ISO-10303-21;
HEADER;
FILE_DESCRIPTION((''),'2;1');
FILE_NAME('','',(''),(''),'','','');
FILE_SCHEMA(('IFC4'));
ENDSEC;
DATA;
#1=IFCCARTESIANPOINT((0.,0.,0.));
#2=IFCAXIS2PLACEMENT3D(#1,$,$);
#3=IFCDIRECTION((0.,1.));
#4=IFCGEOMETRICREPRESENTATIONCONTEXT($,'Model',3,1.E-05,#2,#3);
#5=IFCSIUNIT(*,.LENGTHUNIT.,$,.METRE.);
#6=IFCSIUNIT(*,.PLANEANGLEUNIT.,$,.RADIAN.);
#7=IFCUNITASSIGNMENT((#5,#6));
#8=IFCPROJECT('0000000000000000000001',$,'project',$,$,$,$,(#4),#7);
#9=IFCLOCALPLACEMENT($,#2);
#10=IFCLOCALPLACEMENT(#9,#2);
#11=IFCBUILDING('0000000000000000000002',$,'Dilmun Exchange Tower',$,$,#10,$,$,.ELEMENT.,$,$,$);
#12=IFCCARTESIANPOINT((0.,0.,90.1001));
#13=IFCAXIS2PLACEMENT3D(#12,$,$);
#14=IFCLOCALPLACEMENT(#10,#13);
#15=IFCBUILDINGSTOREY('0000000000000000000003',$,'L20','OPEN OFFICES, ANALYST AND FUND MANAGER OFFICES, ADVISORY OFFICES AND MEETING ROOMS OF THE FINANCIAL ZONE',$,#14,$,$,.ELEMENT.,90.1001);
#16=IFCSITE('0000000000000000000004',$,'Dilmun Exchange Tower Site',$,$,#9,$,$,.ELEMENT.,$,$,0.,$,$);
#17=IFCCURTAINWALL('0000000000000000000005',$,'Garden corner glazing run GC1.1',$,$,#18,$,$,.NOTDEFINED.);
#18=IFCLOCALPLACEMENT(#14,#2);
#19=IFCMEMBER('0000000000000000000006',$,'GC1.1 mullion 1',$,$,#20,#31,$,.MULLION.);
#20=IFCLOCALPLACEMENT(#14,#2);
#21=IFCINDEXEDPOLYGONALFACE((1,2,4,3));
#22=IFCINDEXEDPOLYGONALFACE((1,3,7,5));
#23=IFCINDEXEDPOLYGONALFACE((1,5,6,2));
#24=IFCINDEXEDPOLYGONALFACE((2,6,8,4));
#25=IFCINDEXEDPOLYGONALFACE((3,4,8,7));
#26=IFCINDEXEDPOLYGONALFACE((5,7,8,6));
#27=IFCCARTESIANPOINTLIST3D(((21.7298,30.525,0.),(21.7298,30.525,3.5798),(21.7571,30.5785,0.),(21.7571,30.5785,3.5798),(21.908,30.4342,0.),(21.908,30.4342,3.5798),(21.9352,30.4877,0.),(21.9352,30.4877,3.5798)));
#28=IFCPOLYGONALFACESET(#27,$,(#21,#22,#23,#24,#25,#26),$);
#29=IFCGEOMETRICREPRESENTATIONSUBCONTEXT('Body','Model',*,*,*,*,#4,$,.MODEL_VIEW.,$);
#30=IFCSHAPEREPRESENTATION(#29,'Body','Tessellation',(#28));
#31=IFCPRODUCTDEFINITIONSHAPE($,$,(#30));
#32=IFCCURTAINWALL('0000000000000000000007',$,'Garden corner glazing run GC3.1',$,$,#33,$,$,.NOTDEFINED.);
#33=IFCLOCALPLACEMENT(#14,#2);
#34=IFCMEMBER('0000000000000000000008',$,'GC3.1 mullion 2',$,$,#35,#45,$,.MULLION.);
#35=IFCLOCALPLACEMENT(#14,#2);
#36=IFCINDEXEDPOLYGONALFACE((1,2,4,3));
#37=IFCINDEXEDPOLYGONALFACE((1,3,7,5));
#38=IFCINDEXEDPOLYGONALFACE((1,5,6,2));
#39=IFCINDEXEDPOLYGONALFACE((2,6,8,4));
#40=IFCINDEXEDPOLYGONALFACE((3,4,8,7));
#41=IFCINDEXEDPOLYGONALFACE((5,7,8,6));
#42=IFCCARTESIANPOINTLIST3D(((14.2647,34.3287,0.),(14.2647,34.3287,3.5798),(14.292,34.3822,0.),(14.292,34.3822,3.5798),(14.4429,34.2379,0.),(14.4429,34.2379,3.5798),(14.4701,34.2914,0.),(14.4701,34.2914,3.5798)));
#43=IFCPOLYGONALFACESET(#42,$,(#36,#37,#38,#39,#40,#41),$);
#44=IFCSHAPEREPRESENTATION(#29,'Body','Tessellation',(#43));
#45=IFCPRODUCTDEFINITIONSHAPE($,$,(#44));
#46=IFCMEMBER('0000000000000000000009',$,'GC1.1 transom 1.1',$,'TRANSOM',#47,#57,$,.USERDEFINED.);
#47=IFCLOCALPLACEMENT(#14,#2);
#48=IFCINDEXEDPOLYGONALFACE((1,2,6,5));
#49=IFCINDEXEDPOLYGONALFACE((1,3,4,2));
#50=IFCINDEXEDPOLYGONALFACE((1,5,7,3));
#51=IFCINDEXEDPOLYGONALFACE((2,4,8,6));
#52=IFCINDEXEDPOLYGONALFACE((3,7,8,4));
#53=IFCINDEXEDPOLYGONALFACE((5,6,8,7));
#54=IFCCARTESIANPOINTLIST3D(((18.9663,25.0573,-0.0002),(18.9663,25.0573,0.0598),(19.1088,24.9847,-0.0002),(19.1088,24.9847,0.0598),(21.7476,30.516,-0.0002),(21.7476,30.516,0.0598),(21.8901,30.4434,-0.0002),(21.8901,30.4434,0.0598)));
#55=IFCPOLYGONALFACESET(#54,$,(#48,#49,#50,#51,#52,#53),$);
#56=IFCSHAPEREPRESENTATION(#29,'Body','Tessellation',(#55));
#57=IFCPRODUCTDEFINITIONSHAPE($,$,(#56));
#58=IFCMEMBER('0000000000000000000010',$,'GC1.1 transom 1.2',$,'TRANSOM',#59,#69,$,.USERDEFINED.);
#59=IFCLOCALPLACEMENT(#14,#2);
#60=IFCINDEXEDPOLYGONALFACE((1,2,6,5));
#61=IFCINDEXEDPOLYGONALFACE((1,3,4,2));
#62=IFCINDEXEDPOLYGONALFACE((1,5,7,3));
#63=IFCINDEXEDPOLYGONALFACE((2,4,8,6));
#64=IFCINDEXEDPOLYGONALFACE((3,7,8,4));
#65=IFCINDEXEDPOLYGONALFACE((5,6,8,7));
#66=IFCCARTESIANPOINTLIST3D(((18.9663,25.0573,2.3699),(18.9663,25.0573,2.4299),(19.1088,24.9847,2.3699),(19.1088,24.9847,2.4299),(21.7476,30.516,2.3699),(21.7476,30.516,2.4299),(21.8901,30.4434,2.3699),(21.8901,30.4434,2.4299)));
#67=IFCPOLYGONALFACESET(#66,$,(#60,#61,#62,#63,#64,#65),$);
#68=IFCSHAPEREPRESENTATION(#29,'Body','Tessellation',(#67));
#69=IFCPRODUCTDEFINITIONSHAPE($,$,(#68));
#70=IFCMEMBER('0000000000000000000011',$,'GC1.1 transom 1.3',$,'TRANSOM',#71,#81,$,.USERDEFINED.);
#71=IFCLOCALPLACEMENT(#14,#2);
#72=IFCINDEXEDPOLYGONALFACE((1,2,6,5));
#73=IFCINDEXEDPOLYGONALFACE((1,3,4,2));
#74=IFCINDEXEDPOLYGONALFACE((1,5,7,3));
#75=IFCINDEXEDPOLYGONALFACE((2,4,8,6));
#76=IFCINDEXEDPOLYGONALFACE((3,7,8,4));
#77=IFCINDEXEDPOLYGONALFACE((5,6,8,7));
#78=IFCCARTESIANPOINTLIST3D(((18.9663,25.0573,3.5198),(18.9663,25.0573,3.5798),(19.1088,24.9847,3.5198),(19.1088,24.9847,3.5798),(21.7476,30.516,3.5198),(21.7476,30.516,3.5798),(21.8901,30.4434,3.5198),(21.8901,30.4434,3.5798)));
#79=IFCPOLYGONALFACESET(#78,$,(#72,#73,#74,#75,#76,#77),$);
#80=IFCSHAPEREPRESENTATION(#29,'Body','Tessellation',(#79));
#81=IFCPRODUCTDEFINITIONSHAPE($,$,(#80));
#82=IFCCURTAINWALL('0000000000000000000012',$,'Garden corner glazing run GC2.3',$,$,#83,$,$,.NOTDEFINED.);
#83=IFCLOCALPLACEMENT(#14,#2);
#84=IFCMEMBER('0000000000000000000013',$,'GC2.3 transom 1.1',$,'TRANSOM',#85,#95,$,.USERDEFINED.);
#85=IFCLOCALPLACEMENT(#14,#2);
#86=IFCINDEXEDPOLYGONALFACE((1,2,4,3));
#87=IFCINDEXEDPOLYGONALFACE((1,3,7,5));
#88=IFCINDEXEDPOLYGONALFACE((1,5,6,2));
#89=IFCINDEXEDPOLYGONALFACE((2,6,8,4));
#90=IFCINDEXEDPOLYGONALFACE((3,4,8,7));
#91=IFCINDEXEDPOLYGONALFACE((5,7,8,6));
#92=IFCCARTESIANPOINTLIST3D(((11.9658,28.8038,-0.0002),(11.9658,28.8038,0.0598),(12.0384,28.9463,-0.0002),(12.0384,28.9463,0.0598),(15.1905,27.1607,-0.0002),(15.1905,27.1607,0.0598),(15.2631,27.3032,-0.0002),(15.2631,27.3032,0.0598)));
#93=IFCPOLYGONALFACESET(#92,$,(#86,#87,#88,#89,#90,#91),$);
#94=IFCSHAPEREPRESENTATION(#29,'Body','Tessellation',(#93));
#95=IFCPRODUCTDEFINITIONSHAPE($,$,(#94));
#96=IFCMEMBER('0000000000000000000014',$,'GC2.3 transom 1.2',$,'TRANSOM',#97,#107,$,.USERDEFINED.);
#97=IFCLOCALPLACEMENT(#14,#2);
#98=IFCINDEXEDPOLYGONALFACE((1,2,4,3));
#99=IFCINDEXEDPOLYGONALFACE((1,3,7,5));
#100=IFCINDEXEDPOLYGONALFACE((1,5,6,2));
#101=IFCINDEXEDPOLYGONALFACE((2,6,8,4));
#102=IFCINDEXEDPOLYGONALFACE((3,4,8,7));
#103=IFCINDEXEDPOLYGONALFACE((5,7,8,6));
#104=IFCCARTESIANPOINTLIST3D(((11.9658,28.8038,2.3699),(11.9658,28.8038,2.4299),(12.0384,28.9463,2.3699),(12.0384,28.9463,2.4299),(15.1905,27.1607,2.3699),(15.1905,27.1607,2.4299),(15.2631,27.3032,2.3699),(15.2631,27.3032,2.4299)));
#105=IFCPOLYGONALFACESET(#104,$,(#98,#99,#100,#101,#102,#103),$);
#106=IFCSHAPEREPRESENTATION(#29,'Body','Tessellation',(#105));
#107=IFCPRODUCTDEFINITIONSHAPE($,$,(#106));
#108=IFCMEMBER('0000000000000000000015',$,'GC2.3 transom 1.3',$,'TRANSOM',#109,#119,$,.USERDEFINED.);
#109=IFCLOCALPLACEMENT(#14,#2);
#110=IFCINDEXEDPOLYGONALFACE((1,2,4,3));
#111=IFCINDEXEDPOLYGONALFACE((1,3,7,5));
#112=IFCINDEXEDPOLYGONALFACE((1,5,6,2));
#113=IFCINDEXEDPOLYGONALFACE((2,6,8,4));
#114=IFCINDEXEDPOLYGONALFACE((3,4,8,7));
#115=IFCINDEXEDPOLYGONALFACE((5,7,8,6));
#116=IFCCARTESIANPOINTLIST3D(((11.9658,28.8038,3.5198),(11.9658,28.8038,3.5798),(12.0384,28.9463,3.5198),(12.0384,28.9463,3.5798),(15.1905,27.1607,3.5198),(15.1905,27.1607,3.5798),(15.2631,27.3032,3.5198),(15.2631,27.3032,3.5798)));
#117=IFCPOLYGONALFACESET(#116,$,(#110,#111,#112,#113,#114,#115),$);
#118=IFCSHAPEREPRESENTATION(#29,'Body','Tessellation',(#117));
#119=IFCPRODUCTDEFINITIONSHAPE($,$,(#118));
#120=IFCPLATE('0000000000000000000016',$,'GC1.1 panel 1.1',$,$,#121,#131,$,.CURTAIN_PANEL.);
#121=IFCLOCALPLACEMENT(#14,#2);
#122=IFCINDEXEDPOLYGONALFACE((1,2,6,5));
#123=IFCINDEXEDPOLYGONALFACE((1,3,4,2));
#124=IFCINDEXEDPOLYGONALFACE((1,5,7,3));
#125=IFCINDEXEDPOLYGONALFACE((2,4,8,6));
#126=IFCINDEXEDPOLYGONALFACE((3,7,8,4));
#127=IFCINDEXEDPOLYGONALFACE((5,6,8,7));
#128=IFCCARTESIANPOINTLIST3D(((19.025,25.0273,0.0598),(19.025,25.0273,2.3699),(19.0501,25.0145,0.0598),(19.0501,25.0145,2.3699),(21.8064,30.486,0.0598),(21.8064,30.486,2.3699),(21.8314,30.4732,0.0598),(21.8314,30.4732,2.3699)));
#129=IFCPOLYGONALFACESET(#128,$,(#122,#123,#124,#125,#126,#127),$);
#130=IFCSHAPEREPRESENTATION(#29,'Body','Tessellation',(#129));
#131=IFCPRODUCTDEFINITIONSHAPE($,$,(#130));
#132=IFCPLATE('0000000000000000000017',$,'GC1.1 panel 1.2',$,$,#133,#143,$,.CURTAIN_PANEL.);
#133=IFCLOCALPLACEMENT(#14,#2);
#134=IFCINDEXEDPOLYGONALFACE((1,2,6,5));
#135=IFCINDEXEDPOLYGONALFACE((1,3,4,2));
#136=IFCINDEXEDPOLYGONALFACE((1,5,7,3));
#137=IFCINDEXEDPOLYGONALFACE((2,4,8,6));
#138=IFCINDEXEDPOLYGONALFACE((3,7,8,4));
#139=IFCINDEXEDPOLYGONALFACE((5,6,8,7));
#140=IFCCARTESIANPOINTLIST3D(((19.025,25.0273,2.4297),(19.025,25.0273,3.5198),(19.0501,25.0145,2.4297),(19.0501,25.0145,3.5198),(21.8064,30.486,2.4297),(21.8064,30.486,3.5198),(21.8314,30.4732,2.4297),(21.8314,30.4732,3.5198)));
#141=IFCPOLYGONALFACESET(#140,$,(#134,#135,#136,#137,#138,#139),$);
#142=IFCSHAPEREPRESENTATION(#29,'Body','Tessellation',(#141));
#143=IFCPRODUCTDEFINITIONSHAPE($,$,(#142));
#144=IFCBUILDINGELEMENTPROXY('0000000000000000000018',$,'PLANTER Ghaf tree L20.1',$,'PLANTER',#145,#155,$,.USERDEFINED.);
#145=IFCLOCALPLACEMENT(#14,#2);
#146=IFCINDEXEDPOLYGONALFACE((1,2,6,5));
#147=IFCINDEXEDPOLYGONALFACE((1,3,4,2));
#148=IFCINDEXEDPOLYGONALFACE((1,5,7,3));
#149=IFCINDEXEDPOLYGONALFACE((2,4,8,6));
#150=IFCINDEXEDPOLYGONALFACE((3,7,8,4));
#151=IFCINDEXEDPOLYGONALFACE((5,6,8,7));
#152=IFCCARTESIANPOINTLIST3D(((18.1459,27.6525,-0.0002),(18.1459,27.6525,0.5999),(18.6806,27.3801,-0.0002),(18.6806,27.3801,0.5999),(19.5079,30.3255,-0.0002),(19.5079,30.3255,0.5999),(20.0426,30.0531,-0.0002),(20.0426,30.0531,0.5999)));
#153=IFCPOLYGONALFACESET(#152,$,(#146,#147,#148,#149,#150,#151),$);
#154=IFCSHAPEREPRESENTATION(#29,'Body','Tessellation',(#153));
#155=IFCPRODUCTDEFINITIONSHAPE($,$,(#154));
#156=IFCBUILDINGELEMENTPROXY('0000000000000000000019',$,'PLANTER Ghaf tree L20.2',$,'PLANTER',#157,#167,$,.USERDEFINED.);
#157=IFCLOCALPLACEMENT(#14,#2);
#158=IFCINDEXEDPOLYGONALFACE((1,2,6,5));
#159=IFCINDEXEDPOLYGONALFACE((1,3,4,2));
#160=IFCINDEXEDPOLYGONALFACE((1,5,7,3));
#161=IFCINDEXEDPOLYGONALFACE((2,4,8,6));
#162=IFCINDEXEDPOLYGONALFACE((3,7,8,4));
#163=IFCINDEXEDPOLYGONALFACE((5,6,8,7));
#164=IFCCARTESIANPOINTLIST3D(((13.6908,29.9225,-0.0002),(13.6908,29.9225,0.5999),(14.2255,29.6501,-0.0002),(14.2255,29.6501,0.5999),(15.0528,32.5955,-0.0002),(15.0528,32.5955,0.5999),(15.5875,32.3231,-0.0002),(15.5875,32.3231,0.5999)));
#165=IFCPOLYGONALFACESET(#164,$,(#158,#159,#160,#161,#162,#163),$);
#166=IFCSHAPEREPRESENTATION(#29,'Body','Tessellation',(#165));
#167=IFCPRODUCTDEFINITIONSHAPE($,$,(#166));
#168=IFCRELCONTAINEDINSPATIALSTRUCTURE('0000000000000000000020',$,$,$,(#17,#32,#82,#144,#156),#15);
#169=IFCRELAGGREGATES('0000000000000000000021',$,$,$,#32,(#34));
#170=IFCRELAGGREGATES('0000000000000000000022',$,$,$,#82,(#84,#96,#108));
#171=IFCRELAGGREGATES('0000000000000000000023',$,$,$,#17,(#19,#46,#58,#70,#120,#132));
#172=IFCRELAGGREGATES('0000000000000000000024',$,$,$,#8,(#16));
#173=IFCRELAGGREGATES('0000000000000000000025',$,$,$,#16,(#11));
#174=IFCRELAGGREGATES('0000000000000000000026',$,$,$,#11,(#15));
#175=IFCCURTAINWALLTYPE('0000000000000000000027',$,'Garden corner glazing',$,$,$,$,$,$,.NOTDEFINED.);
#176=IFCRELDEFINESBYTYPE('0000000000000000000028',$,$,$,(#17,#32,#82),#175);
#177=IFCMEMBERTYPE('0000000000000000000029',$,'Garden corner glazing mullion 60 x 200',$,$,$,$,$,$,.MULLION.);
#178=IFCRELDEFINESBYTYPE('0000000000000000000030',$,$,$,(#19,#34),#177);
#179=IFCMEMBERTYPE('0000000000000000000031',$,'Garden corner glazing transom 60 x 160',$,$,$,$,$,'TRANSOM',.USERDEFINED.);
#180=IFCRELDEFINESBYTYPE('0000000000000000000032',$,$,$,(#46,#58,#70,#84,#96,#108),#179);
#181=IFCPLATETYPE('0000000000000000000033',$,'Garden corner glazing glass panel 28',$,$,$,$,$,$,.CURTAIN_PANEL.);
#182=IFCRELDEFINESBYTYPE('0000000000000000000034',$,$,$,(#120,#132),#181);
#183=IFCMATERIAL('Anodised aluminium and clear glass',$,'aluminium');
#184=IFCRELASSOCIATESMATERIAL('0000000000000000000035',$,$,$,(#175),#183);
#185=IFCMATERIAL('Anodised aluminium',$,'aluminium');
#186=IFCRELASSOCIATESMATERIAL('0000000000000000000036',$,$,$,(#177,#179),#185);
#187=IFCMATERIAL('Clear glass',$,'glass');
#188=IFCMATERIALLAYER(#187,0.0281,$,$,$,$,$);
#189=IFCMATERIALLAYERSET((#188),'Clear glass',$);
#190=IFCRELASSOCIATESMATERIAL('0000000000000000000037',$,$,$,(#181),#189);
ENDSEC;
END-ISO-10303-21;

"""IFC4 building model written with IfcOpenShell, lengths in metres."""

from ifc_helpers import new_model, si_unit, direction, frame, origin, origin_2d, place, context, subcontext, project, spatial, rectangle, extrude, material, layer, layer_set, material_profile, profile_set, type_object, element, aggregate, save


model = new_model("IFC4")

# Units and contexts
model_context = context("Model", 3, precision=1e-05, world=origin(), true_north=direction((0.0, 1.0)))
body_context = subcontext(model_context, "Body", "Model", "MODEL_VIEW")
ifc_project = project(units=[si_unit("LENGTHUNIT", "METRE"), si_unit("PLANEANGLEUNIT", "RADIAN")], contexts=[model_context])

# Site, building, storey
site_placement = place(None, origin())
site = spatial("IfcSite", under=ifc_project, at=site_placement, Name="Dilmun Exchange Tower Site", CompositionType="ELEMENT", RefElevation=0.0)
building_placement = place(site_placement, origin())
building = spatial("IfcBuilding", under=site, at=building_placement, Name="Dilmun Exchange Tower", CompositionType="ELEMENT")
storey_placement = place(building_placement, frame((0.0, 0.0, 90.1001)))
storey = spatial("IfcBuildingStorey", under=building, at=storey_placement, Name="L20", Description="OPEN OFFICES, ANALYST AND FUND MANAGER OFFICES, ADVISORY OFFICES AND MEETING ROOMS OF THE FINANCIAL ZONE", CompositionType="ELEMENT", Elevation=90.1001)

# Curtain walls, members
ifc_material_1 = material(Name="Anodised aluminium and clear glass", Category="aluminium")
curtain_wall_type = type_object("IfcCurtainWallType", Name="Garden corner glazing", PredefinedType="NOTDEFINED", material=ifc_material_1)
curtain_wall_1_placement = place(storey_placement, origin())
curtain_wall_1 = element("IfcCurtainWall", 1, at=curtain_wall_1_placement, inside=storey, type_object=curtain_wall_type, Name="Garden corner glazing run GC1.1", PredefinedType="NOTDEFINED")
ifc_material_2 = material(Name="Anodised aluminium", Category="aluminium")
ifc_material_profile_1 = material_profile(ifc_material_2, rectangle(XDim=0.2, YDim=0.0601, at=origin_2d()), Name="AL 60x200")
ifc_profile_set_1 = profile_set([ifc_material_profile_1], Name="Anodised aluminium")
member_type_1 = type_object("IfcMemberType", Name="Garden corner glazing mullion 60 x 200", PredefinedType="MULLION", material=ifc_profile_set_1)
member_1_placement = place(storey_placement, frame((21.8325, 30.5063, 0.0), z_axis=(0.0, 0.0, 1.0), x_axis=(0.891007, -0.453989, 0.0)))
member_1 = element("IfcMember", 2, at=member_1_placement, type_object=member_type_1, Name="GC1.1 mullion 1", PredefinedType="MULLION", context=body_context, shape_type="SweptSolid", body=[
    extrude(rectangle(XDim=0.2, YDim=0.0601, at=origin_2d()), origin(), (0.0, 0.0, 1.0), 3.5798),
])
curtain_wall_2_placement = place(storey_placement, origin())
curtain_wall_2 = element("IfcCurtainWall", 3, at=curtain_wall_2_placement, inside=storey, type_object=curtain_wall_type, Name="Garden corner glazing run GC3.1", PredefinedType="NOTDEFINED")
member_2_placement = place(storey_placement, frame((14.3674, 34.3101, 0.0), z_axis=(0.0, 0.0, 1.0), x_axis=(-0.891007, 0.453989, 0.0)))
member_2 = element("IfcMember", 4, at=member_2_placement, type_object=member_type_1, Name="GC3.1 mullion 2", PredefinedType="MULLION", context=body_context, shape_type="SweptSolid", body=[
    extrude(rectangle(XDim=0.2, YDim=0.0601, at=origin_2d()), origin(), (0.0, 0.0, 1.0), 3.5798),
])
aggregate(curtain_wall_2, [member_2])

# Members
ifc_material_profile_2 = material_profile(ifc_material_2, rectangle(XDim=0.1599, YDim=0.0601, at=origin_2d()), Name="AL 60x160")
ifc_profile_set_2 = profile_set([ifc_material_profile_2], Name="Anodised aluminium")
member_type_2 = type_object("IfcMemberType", Name="Garden corner glazing transom 60 x 160", ElementType="TRANSOM", PredefinedType="USERDEFINED", material=ifc_profile_set_2)
member_3_placement = place(storey_placement, frame((21.8188, 30.4797, 0.0298), z_axis=(-0.453975, -0.891014, 0.0), x_axis=(0.891014, -0.453975, 0.0)))
member_3 = element("IfcMember", 5, at=member_3_placement, type_object=member_type_2, Name="GC1.1 transom 1.1", ObjectType="TRANSOM", PredefinedType="USERDEFINED", context=body_context, shape_type="SweptSolid", body=[
    extrude(rectangle(XDim=0.1599, YDim=0.0601, at=origin_2d()), origin(), (0.0, 0.0, 1.0), 6.1265),
])
member_4_placement = place(storey_placement, frame((21.8188, 30.4797, 2.3999), z_axis=(-0.453975, -0.891014, 0.0), x_axis=(0.891014, -0.453975, 0.0)))
member_4 = element("IfcMember", 6, at=member_4_placement, type_object=member_type_2, Name="GC1.1 transom 1.2", ObjectType="TRANSOM", PredefinedType="USERDEFINED", context=body_context, shape_type="SweptSolid", body=[
    extrude(rectangle(XDim=0.1599, YDim=0.0601, at=origin_2d()), origin(), (0.0, 0.0, 1.0), 6.1265),
])
member_5_placement = place(storey_placement, frame((21.8188, 30.4797, 3.5498), z_axis=(-0.453975, -0.891014, 0.0), x_axis=(0.891014, -0.453975, 0.0)))
member_5 = element("IfcMember", 7, at=member_5_placement, type_object=member_type_2, Name="GC1.1 transom 1.3", ObjectType="TRANSOM", PredefinedType="USERDEFINED", context=body_context, shape_type="SweptSolid", body=[
    extrude(rectangle(XDim=0.1599, YDim=0.0601, at=origin_2d()), origin(), (0.0, 0.0, 1.0), 6.1265),
])

# Curtain wall, members
curtain_wall_3_placement = place(storey_placement, origin())
curtain_wall_3 = element("IfcCurtainWall", 8, at=curtain_wall_3_placement, inside=storey, type_object=curtain_wall_type, Name="Garden corner glazing run GC2.3", PredefinedType="NOTDEFINED")
member_6_placement = place(storey_placement, frame((15.2268, 27.2319, 0.0298), z_axis=(-0.891001, 0.454001, 0.0), x_axis=(-0.454001, -0.891001, 0.0)))
member_6 = element("IfcMember", 9, at=member_6_placement, type_object=member_type_2, Name="GC2.3 transom 1.1", ObjectType="TRANSOM", PredefinedType="USERDEFINED", context=body_context, shape_type="SweptSolid", body=[
    extrude(rectangle(XDim=0.1599, YDim=0.0601, at=origin_2d()), origin(), (0.0, 0.0, 1.0), 3.6191),
])
member_7_placement = place(storey_placement, frame((15.2268, 27.2319, 2.3999), z_axis=(-0.891001, 0.454001, 0.0), x_axis=(-0.454001, -0.891001, 0.0)))
member_7 = element("IfcMember", 10, at=member_7_placement, type_object=member_type_2, Name="GC2.3 transom 1.2", ObjectType="TRANSOM", PredefinedType="USERDEFINED", context=body_context, shape_type="SweptSolid", body=[
    extrude(rectangle(XDim=0.1599, YDim=0.0601, at=origin_2d()), origin(), (0.0, 0.0, 1.0), 3.6191),
])
member_8_placement = place(storey_placement, frame((15.2268, 27.2319, 3.5498), z_axis=(-0.891001, 0.454001, 0.0), x_axis=(-0.454001, -0.891001, 0.0)))
member_8 = element("IfcMember", 11, at=member_8_placement, type_object=member_type_2, Name="GC2.3 transom 1.3", ObjectType="TRANSOM", PredefinedType="USERDEFINED", context=body_context, shape_type="SweptSolid", body=[
    extrude(rectangle(XDim=0.1599, YDim=0.0601, at=origin_2d()), origin(), (0.0, 0.0, 1.0), 3.6191),
])
aggregate(curtain_wall_3, [member_6, member_7, member_8])

# Plates
ifc_material_3 = material(Name="Clear glass", Category="glass")
ifc_layer_1 = layer(ifc_material_3, 0.0281)
ifc_layer_set_1 = layer_set([ifc_layer_1], Name="Clear glass")
plate_type = type_object("IfcPlateType", Name="Garden corner glazing glass panel 28", PredefinedType="CURTAIN_PANEL", material=ifc_layer_set_1)
plate_1_placement = place(storey_placement, frame((20.4282, 27.7502, 0.0598), z_axis=(0.0, 0.0, 1.0), x_axis=(-0.453989, -0.891007, 0.0)))
plate_1 = element("IfcPlate", 12, at=plate_1_placement, type_object=plate_type, Name="GC1.1 panel 1.1", PredefinedType="CURTAIN_PANEL", context=body_context, shape_type="SweptSolid", body=[
    extrude(rectangle(XDim=6.1265, YDim=0.0281, at=origin_2d()), origin(), (0.0, 0.0, 1.0), 2.3101),
])
plate_2_placement = place(storey_placement, frame((20.4282, 27.7502, 2.4297), z_axis=(0.0, 0.0, 1.0), x_axis=(-0.453989, -0.891007, 0.0)))
plate_2 = element("IfcPlate", 13, at=plate_2_placement, type_object=plate_type, Name="GC1.1 panel 1.2", PredefinedType="CURTAIN_PANEL", context=body_context, shape_type="SweptSolid", body=[
    extrude(rectangle(XDim=6.1265, YDim=0.0281, at=origin_2d()), origin(), (0.0, 0.0, 1.0), 1.0901),
])
aggregate(curtain_wall_1, [member_1, member_3, member_4, member_5, plate_1, plate_2])

# Building element proxies
for number, where, z_axis, x_axis, name in (
    (14, (19.0942, 28.8528, -0.0002), (0.0, 0.0, 1.0), (0.45399, 0.891007, 0.0), "PLANTER Ghaf tree L20.1"),
    (15, (14.6392, 31.1228, -0.0002), (0.0, 0.0, 1.0), (0.45399, 0.891007, 0.0), "PLANTER Ghaf tree L20.2"),
):
    element("IfcBuildingElementProxy", number, at=place(storey_placement, frame(where, z_axis=z_axis, x_axis=x_axis)), inside=storey, Name=name, ObjectType="PLANTER", PredefinedType="USERDEFINED", context=body_context, shape_type="SweptSolid", body=[
        extrude(rectangle(XDim=3.0, YDim=0.6001, at=origin_2d()), origin(), (0.0, 0.0, 1.0), 0.6001),
    ])

save(model, "model.ifc")
